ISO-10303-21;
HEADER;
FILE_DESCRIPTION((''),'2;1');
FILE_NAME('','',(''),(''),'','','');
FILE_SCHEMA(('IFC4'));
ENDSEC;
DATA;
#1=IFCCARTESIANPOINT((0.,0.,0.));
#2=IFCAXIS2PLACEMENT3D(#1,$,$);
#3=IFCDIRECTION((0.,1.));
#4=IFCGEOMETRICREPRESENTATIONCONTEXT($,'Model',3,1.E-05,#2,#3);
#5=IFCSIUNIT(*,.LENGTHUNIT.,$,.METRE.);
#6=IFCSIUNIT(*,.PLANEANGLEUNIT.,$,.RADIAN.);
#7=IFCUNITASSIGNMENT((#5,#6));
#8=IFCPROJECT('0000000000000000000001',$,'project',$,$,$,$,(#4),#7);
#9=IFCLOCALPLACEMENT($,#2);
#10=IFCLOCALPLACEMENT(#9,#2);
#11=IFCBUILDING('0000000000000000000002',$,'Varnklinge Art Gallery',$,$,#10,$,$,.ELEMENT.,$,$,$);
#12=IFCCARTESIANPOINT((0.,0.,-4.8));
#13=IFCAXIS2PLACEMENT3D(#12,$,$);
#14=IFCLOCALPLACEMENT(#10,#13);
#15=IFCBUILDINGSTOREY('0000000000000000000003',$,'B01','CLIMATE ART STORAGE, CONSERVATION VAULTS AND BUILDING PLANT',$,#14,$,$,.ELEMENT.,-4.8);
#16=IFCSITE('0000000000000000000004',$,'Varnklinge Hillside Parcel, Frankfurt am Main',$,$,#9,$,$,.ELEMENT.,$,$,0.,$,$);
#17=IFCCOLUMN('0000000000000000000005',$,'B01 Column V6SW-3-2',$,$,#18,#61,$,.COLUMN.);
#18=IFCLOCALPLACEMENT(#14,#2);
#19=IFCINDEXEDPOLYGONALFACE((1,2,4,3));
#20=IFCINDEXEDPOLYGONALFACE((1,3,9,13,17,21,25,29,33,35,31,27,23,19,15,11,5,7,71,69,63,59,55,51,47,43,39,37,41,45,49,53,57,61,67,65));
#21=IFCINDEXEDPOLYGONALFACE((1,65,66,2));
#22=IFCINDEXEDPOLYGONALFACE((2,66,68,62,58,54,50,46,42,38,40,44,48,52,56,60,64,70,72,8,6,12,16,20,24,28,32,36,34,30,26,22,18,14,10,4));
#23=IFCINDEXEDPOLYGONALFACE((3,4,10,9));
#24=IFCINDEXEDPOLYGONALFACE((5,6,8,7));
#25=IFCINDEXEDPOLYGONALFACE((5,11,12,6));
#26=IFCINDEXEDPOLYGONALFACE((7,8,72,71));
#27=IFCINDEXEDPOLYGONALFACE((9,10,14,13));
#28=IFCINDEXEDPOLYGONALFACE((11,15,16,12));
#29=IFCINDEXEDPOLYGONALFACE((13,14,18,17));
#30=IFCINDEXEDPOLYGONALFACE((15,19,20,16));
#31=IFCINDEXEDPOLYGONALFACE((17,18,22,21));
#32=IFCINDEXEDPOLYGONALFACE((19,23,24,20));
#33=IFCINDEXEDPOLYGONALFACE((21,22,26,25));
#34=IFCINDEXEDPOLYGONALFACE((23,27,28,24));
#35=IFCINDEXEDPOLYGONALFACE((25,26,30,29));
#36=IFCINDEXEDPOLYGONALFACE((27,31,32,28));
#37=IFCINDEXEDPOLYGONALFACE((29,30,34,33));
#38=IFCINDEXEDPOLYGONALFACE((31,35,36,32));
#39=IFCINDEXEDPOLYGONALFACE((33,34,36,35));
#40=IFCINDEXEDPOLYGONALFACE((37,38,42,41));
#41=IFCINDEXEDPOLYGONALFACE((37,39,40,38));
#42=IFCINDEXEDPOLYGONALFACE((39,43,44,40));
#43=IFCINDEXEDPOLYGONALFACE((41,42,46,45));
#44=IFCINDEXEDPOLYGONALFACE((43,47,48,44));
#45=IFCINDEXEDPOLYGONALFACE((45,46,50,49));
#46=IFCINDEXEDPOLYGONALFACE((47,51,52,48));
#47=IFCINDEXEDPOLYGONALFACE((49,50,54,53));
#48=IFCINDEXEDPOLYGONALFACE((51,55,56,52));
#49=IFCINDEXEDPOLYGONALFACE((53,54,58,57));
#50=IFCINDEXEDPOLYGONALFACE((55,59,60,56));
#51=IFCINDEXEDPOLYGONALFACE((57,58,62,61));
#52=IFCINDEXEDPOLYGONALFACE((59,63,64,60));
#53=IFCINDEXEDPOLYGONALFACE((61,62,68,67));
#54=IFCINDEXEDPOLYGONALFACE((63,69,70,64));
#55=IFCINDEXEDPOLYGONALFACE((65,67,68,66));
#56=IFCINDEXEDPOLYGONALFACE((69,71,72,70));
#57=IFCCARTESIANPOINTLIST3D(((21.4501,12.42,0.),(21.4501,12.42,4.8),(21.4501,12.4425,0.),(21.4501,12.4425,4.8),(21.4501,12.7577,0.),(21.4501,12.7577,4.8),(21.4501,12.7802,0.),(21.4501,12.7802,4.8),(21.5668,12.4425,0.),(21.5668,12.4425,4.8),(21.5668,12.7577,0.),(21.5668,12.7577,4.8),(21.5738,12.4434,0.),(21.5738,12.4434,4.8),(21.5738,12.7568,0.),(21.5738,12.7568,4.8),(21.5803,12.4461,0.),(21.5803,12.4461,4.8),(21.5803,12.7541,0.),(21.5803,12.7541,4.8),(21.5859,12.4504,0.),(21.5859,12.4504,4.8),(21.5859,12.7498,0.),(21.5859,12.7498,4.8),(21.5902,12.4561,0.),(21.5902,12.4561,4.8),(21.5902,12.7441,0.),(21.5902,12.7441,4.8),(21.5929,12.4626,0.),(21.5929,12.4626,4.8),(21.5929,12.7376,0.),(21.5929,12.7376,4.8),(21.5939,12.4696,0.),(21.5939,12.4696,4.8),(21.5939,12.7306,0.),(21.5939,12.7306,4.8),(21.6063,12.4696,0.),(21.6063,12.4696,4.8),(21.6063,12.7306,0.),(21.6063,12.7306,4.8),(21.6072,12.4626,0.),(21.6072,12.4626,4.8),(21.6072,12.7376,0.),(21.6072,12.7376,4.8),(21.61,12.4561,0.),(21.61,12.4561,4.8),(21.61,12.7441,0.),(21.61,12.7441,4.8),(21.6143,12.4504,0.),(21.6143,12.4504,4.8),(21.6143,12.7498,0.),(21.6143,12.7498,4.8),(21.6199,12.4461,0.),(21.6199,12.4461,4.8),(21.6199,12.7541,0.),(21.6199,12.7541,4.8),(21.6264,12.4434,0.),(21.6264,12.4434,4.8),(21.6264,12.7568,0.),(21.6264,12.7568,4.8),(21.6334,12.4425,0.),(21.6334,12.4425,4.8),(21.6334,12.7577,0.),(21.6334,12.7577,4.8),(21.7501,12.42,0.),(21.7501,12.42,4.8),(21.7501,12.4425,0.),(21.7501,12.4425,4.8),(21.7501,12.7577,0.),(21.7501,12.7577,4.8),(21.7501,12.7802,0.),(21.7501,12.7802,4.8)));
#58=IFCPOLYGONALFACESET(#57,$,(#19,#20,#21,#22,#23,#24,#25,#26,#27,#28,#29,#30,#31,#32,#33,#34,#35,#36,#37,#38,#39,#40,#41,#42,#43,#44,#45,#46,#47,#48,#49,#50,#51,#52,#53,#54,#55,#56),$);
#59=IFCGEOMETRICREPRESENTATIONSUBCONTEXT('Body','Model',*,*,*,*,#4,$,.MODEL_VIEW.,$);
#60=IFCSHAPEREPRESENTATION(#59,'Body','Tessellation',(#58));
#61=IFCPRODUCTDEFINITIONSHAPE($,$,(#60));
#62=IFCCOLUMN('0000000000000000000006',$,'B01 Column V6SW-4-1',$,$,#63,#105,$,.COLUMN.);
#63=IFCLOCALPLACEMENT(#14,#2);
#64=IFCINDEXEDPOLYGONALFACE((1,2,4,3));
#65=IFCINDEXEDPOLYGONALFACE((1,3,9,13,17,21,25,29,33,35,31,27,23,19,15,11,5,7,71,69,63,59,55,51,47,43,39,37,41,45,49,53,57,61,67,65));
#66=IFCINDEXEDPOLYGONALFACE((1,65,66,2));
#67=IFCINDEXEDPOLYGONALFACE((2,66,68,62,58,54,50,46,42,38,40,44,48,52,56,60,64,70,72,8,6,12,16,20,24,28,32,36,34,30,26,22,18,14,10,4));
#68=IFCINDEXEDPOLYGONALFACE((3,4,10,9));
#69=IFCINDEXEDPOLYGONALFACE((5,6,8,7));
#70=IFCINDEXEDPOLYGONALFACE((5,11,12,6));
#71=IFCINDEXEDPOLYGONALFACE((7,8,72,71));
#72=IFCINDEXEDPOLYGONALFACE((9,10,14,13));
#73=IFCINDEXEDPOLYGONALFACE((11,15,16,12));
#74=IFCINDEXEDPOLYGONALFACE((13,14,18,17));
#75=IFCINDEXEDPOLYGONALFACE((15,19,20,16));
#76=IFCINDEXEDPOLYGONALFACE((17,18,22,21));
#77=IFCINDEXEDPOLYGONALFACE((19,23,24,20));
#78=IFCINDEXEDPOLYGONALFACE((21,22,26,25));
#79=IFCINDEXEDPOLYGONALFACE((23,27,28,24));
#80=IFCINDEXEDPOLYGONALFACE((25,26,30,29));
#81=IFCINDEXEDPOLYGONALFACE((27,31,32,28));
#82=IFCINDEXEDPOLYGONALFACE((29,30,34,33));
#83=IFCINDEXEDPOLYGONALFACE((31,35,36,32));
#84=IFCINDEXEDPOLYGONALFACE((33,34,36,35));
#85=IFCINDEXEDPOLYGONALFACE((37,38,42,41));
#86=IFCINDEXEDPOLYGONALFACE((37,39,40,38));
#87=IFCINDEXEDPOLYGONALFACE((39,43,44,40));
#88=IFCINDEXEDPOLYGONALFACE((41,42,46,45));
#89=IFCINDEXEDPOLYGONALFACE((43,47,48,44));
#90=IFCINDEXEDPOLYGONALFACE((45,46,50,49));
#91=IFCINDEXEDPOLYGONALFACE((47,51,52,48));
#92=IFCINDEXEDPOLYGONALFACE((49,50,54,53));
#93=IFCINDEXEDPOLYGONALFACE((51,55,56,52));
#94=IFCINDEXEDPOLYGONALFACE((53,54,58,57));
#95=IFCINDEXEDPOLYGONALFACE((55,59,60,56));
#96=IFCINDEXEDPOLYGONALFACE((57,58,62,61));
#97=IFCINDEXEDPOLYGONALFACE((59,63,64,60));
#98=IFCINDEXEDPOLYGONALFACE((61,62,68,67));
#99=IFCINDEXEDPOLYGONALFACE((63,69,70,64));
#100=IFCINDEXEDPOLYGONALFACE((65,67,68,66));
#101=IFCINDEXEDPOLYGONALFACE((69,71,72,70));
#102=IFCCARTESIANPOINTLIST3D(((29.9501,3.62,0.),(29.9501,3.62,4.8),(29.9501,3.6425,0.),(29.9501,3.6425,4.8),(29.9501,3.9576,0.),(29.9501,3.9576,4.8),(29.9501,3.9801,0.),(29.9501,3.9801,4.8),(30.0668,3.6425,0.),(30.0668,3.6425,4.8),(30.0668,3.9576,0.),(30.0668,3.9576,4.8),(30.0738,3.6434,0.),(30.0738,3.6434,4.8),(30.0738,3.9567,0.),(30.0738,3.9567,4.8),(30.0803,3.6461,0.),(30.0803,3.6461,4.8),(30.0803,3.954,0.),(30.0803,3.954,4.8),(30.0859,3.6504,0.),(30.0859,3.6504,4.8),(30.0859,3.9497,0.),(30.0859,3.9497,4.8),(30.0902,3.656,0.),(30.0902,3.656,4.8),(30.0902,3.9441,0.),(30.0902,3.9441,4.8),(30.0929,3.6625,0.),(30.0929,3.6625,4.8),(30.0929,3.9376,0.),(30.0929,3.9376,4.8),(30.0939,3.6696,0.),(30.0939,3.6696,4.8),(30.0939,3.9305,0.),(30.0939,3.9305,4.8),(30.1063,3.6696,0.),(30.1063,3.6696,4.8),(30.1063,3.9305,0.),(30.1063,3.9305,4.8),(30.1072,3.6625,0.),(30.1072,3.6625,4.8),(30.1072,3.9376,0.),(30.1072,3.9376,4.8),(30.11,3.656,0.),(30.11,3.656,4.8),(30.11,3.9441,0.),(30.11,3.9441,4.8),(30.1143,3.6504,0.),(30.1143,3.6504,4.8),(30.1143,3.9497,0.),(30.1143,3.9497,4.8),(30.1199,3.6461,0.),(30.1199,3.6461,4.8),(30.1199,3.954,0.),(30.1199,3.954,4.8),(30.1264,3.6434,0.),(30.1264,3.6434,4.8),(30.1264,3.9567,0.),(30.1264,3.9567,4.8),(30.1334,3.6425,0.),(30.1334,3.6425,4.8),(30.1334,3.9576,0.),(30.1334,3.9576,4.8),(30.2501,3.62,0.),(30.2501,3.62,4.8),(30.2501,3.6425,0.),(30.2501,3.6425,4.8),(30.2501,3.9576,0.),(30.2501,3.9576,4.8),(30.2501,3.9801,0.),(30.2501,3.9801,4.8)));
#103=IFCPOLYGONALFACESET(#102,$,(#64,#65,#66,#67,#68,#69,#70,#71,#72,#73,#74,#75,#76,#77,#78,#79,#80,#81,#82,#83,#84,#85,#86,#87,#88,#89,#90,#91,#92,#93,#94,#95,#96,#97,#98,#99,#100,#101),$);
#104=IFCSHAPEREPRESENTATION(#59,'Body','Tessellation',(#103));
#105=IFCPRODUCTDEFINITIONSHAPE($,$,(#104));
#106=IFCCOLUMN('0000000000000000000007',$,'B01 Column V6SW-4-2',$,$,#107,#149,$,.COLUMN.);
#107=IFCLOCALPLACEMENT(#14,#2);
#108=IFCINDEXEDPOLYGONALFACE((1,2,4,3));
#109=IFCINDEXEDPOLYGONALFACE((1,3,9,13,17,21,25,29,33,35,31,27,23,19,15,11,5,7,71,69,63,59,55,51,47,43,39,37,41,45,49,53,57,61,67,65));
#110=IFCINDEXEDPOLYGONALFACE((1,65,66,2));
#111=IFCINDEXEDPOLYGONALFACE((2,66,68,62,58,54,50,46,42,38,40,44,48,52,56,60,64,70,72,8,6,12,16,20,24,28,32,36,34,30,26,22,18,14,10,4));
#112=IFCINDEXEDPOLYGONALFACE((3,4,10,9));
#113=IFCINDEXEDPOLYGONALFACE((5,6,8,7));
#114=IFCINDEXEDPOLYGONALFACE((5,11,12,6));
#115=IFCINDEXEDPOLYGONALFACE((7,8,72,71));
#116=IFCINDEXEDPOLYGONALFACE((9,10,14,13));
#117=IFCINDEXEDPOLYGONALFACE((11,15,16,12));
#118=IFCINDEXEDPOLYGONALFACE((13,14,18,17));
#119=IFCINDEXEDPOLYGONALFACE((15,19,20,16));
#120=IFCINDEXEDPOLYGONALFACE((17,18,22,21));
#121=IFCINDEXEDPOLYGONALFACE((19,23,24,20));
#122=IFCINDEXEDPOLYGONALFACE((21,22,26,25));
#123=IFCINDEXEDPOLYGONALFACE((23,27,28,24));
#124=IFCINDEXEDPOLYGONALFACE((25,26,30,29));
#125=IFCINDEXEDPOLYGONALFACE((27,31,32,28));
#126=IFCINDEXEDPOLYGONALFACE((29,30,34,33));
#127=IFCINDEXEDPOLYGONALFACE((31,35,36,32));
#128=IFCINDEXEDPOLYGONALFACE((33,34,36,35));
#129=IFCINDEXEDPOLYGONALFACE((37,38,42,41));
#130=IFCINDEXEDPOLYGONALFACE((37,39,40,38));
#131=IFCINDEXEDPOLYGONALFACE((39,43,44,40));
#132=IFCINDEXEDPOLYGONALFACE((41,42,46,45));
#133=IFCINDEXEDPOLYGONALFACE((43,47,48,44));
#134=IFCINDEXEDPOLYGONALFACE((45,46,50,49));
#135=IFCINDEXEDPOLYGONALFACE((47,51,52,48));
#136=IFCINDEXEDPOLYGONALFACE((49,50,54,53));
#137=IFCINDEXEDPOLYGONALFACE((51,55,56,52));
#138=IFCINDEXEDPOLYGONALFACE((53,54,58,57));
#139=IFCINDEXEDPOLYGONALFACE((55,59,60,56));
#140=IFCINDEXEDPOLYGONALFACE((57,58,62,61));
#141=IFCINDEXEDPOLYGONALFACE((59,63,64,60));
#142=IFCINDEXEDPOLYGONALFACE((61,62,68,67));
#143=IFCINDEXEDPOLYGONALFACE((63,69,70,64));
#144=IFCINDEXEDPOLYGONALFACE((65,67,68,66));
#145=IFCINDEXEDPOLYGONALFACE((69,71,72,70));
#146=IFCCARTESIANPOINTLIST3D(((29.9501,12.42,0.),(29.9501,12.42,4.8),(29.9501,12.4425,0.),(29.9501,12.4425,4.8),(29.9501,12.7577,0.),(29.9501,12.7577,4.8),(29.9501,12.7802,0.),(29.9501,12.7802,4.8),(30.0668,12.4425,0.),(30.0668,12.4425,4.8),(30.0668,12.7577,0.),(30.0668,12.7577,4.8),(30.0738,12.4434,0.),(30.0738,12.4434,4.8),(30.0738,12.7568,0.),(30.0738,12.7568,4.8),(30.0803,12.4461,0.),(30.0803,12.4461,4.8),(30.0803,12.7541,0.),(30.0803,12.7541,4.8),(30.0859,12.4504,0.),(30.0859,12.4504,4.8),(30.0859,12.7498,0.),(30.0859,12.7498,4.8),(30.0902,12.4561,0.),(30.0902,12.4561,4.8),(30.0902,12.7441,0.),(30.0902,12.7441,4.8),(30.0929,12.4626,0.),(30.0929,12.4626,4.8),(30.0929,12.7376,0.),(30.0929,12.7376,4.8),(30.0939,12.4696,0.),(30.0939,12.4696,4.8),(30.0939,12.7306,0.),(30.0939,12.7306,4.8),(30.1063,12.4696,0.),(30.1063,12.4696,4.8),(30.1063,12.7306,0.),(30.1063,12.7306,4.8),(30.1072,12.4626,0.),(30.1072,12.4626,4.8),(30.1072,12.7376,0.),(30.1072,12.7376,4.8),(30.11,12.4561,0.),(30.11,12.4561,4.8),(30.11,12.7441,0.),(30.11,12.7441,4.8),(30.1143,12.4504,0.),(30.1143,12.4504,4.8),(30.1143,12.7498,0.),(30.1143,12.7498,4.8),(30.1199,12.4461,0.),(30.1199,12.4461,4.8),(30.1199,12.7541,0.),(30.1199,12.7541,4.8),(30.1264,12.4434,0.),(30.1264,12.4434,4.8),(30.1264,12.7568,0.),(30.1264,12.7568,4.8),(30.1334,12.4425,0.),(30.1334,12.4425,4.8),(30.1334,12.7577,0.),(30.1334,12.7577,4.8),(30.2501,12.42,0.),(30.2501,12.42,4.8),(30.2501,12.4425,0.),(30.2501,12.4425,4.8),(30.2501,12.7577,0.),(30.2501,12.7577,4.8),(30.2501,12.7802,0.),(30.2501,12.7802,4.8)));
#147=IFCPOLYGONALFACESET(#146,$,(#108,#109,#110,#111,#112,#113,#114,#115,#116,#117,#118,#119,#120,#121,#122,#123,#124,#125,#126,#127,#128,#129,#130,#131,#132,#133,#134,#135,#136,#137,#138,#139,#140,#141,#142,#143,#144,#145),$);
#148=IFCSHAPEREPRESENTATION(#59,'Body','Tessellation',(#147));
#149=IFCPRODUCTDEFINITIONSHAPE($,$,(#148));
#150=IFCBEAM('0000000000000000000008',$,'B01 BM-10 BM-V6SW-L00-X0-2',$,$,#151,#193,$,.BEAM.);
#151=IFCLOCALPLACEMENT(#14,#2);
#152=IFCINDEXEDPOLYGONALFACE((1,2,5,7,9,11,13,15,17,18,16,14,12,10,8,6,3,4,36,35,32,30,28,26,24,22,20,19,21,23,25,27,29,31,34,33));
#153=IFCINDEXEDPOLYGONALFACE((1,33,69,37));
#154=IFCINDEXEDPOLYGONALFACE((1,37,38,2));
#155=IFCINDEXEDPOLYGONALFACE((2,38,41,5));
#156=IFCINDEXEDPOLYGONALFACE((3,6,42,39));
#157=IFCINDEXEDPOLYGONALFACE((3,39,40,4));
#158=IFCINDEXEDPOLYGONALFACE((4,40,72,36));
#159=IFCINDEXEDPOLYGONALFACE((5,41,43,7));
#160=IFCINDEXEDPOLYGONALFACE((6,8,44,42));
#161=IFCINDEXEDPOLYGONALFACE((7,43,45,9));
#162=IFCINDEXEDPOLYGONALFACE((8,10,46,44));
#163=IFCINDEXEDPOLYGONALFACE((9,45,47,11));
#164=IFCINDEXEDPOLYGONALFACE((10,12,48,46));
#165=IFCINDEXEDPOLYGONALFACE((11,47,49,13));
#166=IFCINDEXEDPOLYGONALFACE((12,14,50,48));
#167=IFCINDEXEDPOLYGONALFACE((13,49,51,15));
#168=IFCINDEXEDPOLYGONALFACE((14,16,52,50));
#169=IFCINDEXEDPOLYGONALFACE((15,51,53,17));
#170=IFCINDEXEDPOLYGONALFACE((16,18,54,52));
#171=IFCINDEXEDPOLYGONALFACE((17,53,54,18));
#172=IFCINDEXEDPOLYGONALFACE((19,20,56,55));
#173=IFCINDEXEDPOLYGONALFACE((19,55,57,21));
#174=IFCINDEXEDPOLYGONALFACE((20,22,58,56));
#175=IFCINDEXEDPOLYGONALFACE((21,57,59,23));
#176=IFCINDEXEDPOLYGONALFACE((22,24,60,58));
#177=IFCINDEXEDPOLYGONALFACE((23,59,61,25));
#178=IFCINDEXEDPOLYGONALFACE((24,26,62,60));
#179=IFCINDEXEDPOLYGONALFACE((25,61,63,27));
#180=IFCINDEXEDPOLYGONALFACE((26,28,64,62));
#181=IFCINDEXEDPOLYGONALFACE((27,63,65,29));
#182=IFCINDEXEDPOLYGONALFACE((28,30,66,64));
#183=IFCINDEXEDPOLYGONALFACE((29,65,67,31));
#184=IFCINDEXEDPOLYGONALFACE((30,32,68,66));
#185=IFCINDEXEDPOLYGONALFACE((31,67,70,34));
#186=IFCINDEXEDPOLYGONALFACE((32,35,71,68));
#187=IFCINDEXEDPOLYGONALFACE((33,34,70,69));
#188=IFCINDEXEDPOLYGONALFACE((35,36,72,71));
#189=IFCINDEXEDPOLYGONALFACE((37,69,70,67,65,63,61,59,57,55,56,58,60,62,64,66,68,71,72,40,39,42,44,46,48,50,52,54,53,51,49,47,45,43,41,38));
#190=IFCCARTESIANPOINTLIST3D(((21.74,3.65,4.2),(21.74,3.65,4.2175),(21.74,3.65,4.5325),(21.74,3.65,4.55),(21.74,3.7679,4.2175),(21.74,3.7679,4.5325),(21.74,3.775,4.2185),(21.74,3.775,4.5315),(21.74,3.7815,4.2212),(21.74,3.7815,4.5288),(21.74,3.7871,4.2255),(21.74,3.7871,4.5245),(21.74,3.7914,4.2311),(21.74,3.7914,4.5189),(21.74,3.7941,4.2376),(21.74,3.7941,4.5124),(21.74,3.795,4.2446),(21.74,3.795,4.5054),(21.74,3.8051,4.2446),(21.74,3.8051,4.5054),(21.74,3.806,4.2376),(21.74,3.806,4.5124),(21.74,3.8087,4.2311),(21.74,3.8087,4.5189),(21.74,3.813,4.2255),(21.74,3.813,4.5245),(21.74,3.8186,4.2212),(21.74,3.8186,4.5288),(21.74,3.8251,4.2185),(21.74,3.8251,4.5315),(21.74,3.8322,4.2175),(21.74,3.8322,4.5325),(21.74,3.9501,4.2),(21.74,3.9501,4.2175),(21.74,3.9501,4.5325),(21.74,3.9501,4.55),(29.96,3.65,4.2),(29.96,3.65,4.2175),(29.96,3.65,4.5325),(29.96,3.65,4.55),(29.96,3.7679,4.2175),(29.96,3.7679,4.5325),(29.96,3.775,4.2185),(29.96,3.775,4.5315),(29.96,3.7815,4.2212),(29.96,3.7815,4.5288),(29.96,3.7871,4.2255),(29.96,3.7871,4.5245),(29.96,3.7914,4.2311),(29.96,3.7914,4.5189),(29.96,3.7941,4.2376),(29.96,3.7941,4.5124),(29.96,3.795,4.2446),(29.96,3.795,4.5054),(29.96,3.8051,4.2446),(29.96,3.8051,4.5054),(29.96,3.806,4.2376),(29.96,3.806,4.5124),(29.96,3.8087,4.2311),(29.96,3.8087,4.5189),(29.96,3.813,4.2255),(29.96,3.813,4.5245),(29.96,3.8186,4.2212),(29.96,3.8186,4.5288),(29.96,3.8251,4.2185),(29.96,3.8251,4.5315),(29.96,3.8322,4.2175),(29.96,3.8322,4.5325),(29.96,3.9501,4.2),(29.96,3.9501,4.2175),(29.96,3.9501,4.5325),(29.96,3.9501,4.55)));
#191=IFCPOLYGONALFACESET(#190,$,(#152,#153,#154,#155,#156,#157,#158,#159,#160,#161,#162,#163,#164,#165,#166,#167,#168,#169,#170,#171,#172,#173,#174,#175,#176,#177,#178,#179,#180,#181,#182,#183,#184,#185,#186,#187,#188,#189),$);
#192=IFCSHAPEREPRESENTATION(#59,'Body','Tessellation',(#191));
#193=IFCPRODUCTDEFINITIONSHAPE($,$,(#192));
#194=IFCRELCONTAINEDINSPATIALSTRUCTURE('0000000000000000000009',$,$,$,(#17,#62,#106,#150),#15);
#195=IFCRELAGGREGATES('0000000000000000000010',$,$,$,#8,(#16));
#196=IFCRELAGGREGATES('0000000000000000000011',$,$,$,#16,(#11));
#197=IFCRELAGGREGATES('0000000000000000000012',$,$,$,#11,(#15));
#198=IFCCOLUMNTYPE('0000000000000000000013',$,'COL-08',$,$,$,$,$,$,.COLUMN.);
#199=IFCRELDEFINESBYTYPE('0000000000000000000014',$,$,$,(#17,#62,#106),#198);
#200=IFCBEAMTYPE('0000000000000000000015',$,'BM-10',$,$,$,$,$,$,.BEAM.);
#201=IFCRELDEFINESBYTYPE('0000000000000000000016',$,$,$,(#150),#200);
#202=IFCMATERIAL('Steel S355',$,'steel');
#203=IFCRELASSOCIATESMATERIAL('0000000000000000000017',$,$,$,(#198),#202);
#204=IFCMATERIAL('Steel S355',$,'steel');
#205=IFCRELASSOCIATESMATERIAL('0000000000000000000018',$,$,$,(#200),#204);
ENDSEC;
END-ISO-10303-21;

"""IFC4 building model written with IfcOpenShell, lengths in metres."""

from ifc_helpers import new_model, si_unit, direction, frame, origin, origin_2d, place, context, subcontext, project, spatial, i_section, extrude, material, material_profile, profile_set, type_object, element, save


model = new_model("IFC4")

# Units and contexts
model_context = context("Model", 3, precision=1e-05, world=origin(), true_north=direction((0.0, 1.0)))
body_context = subcontext(model_context, "Body", "Model", "MODEL_VIEW")
ifc_project = project(units=[si_unit("LENGTHUNIT", "METRE"), si_unit("PLANEANGLEUNIT", "RADIAN")], contexts=[model_context])

# Site, building, storey
site_placement = place(None, origin())
site = spatial("IfcSite", under=ifc_project, at=site_placement, Name="Varnklinge Hillside Parcel, Frankfurt am Main", CompositionType="ELEMENT", RefElevation=0.0)
building_placement = place(site_placement, origin())
building = spatial("IfcBuilding", under=site, at=building_placement, Name="Varnklinge Art Gallery", CompositionType="ELEMENT")
storey_placement = place(building_placement, frame((0.0, 0.0, -4.8)))
storey = spatial("IfcBuildingStorey", under=building, at=storey_placement, Name="B01", Description="CLIMATE ART STORAGE, CONSERVATION VAULTS AND BUILDING PLANT", CompositionType="ELEMENT", Elevation=-4.8)

# Columns
ifc_material_1 = material(Name="Steel S355", Category="steel")
ifc_material_profile_1 = material_profile(ifc_material_1, i_section(OverallWidth=0.3, OverallDepth=0.3601, WebThickness=0.0125, FlangeThickness=0.0225, FilletRadius=0.0271, at=origin_2d()), Name="HEB 360")
ifc_profile_set_1 = profile_set([ifc_material_profile_1], Name="Steel S355")
column_type = type_object("IfcColumnType", Name="COL-08", PredefinedType="COLUMN", material=ifc_profile_set_1)
for number, where, z_axis, x_axis, name in (
    (1, (21.6001, 12.6001, 0.0), (0.0, 0.0, 1.0), (1.0, 0.0, 0.0), "B01 Column V6SW-3-2"),
    (2, (30.1001, 3.8, 0.0), (0.0, 0.0, 1.0), (1.0, 0.0, 0.0), "B01 Column V6SW-4-1"),
    (3, (30.1001, 12.6001, 0.0), (0.0, 0.0, 1.0), (1.0, 0.0, 0.0), "B01 Column V6SW-4-2"),
):
    element("IfcColumn", number, at=place(storey_placement, frame(where, z_axis=z_axis, x_axis=x_axis)), inside=storey, type_object=column_type, Name=name, PredefinedType="COLUMN", context=body_context, shape_type="SweptSolid", body=[
        extrude(i_section(OverallWidth=0.3, OverallDepth=0.3601, WebThickness=0.0125, FlangeThickness=0.0225, FilletRadius=0.0271, at=origin_2d()), origin(), (0.0, 0.0, 1.0), 4.8),
    ])

# Beam
ifc_material_2 = material(Name="Steel S355", Category="steel")
ifc_material_profile_2 = material_profile(ifc_material_2, i_section(OverallWidth=0.3, OverallDepth=0.3501, WebThickness=0.01, FlangeThickness=0.0176, FilletRadius=0.0271, at=origin_2d()), Name="HEA 360")
ifc_profile_set_2 = profile_set([ifc_material_profile_2], Name="Steel S355")
beam_type_1 = type_object("IfcBeamType", Name="BM-10", PredefinedType="BEAM", material=ifc_profile_set_2)
for number, where, z_axis, x_axis, name in (
    (4, (21.74, 3.8, 4.375), (1.0, 0.0, 0.0), (0.0, 1.0, 0.0), "B01 BM-10 BM-V6SW-L00-X0-2"),
):
    element("IfcBeam", number, at=place(storey_placement, frame(where, z_axis=z_axis, x_axis=x_axis)), inside=storey, type_object=beam_type_1, Name=name, PredefinedType="BEAM", context=body_context, shape_type="SweptSolid", body=[
        extrude(i_section(OverallWidth=0.3, OverallDepth=0.3501, WebThickness=0.01, FlangeThickness=0.0176, FilletRadius=0.0271, at=origin_2d()), origin(), (0.0, 0.0, 1.0), 8.22),
    ])

save(model, "model.ifc")
